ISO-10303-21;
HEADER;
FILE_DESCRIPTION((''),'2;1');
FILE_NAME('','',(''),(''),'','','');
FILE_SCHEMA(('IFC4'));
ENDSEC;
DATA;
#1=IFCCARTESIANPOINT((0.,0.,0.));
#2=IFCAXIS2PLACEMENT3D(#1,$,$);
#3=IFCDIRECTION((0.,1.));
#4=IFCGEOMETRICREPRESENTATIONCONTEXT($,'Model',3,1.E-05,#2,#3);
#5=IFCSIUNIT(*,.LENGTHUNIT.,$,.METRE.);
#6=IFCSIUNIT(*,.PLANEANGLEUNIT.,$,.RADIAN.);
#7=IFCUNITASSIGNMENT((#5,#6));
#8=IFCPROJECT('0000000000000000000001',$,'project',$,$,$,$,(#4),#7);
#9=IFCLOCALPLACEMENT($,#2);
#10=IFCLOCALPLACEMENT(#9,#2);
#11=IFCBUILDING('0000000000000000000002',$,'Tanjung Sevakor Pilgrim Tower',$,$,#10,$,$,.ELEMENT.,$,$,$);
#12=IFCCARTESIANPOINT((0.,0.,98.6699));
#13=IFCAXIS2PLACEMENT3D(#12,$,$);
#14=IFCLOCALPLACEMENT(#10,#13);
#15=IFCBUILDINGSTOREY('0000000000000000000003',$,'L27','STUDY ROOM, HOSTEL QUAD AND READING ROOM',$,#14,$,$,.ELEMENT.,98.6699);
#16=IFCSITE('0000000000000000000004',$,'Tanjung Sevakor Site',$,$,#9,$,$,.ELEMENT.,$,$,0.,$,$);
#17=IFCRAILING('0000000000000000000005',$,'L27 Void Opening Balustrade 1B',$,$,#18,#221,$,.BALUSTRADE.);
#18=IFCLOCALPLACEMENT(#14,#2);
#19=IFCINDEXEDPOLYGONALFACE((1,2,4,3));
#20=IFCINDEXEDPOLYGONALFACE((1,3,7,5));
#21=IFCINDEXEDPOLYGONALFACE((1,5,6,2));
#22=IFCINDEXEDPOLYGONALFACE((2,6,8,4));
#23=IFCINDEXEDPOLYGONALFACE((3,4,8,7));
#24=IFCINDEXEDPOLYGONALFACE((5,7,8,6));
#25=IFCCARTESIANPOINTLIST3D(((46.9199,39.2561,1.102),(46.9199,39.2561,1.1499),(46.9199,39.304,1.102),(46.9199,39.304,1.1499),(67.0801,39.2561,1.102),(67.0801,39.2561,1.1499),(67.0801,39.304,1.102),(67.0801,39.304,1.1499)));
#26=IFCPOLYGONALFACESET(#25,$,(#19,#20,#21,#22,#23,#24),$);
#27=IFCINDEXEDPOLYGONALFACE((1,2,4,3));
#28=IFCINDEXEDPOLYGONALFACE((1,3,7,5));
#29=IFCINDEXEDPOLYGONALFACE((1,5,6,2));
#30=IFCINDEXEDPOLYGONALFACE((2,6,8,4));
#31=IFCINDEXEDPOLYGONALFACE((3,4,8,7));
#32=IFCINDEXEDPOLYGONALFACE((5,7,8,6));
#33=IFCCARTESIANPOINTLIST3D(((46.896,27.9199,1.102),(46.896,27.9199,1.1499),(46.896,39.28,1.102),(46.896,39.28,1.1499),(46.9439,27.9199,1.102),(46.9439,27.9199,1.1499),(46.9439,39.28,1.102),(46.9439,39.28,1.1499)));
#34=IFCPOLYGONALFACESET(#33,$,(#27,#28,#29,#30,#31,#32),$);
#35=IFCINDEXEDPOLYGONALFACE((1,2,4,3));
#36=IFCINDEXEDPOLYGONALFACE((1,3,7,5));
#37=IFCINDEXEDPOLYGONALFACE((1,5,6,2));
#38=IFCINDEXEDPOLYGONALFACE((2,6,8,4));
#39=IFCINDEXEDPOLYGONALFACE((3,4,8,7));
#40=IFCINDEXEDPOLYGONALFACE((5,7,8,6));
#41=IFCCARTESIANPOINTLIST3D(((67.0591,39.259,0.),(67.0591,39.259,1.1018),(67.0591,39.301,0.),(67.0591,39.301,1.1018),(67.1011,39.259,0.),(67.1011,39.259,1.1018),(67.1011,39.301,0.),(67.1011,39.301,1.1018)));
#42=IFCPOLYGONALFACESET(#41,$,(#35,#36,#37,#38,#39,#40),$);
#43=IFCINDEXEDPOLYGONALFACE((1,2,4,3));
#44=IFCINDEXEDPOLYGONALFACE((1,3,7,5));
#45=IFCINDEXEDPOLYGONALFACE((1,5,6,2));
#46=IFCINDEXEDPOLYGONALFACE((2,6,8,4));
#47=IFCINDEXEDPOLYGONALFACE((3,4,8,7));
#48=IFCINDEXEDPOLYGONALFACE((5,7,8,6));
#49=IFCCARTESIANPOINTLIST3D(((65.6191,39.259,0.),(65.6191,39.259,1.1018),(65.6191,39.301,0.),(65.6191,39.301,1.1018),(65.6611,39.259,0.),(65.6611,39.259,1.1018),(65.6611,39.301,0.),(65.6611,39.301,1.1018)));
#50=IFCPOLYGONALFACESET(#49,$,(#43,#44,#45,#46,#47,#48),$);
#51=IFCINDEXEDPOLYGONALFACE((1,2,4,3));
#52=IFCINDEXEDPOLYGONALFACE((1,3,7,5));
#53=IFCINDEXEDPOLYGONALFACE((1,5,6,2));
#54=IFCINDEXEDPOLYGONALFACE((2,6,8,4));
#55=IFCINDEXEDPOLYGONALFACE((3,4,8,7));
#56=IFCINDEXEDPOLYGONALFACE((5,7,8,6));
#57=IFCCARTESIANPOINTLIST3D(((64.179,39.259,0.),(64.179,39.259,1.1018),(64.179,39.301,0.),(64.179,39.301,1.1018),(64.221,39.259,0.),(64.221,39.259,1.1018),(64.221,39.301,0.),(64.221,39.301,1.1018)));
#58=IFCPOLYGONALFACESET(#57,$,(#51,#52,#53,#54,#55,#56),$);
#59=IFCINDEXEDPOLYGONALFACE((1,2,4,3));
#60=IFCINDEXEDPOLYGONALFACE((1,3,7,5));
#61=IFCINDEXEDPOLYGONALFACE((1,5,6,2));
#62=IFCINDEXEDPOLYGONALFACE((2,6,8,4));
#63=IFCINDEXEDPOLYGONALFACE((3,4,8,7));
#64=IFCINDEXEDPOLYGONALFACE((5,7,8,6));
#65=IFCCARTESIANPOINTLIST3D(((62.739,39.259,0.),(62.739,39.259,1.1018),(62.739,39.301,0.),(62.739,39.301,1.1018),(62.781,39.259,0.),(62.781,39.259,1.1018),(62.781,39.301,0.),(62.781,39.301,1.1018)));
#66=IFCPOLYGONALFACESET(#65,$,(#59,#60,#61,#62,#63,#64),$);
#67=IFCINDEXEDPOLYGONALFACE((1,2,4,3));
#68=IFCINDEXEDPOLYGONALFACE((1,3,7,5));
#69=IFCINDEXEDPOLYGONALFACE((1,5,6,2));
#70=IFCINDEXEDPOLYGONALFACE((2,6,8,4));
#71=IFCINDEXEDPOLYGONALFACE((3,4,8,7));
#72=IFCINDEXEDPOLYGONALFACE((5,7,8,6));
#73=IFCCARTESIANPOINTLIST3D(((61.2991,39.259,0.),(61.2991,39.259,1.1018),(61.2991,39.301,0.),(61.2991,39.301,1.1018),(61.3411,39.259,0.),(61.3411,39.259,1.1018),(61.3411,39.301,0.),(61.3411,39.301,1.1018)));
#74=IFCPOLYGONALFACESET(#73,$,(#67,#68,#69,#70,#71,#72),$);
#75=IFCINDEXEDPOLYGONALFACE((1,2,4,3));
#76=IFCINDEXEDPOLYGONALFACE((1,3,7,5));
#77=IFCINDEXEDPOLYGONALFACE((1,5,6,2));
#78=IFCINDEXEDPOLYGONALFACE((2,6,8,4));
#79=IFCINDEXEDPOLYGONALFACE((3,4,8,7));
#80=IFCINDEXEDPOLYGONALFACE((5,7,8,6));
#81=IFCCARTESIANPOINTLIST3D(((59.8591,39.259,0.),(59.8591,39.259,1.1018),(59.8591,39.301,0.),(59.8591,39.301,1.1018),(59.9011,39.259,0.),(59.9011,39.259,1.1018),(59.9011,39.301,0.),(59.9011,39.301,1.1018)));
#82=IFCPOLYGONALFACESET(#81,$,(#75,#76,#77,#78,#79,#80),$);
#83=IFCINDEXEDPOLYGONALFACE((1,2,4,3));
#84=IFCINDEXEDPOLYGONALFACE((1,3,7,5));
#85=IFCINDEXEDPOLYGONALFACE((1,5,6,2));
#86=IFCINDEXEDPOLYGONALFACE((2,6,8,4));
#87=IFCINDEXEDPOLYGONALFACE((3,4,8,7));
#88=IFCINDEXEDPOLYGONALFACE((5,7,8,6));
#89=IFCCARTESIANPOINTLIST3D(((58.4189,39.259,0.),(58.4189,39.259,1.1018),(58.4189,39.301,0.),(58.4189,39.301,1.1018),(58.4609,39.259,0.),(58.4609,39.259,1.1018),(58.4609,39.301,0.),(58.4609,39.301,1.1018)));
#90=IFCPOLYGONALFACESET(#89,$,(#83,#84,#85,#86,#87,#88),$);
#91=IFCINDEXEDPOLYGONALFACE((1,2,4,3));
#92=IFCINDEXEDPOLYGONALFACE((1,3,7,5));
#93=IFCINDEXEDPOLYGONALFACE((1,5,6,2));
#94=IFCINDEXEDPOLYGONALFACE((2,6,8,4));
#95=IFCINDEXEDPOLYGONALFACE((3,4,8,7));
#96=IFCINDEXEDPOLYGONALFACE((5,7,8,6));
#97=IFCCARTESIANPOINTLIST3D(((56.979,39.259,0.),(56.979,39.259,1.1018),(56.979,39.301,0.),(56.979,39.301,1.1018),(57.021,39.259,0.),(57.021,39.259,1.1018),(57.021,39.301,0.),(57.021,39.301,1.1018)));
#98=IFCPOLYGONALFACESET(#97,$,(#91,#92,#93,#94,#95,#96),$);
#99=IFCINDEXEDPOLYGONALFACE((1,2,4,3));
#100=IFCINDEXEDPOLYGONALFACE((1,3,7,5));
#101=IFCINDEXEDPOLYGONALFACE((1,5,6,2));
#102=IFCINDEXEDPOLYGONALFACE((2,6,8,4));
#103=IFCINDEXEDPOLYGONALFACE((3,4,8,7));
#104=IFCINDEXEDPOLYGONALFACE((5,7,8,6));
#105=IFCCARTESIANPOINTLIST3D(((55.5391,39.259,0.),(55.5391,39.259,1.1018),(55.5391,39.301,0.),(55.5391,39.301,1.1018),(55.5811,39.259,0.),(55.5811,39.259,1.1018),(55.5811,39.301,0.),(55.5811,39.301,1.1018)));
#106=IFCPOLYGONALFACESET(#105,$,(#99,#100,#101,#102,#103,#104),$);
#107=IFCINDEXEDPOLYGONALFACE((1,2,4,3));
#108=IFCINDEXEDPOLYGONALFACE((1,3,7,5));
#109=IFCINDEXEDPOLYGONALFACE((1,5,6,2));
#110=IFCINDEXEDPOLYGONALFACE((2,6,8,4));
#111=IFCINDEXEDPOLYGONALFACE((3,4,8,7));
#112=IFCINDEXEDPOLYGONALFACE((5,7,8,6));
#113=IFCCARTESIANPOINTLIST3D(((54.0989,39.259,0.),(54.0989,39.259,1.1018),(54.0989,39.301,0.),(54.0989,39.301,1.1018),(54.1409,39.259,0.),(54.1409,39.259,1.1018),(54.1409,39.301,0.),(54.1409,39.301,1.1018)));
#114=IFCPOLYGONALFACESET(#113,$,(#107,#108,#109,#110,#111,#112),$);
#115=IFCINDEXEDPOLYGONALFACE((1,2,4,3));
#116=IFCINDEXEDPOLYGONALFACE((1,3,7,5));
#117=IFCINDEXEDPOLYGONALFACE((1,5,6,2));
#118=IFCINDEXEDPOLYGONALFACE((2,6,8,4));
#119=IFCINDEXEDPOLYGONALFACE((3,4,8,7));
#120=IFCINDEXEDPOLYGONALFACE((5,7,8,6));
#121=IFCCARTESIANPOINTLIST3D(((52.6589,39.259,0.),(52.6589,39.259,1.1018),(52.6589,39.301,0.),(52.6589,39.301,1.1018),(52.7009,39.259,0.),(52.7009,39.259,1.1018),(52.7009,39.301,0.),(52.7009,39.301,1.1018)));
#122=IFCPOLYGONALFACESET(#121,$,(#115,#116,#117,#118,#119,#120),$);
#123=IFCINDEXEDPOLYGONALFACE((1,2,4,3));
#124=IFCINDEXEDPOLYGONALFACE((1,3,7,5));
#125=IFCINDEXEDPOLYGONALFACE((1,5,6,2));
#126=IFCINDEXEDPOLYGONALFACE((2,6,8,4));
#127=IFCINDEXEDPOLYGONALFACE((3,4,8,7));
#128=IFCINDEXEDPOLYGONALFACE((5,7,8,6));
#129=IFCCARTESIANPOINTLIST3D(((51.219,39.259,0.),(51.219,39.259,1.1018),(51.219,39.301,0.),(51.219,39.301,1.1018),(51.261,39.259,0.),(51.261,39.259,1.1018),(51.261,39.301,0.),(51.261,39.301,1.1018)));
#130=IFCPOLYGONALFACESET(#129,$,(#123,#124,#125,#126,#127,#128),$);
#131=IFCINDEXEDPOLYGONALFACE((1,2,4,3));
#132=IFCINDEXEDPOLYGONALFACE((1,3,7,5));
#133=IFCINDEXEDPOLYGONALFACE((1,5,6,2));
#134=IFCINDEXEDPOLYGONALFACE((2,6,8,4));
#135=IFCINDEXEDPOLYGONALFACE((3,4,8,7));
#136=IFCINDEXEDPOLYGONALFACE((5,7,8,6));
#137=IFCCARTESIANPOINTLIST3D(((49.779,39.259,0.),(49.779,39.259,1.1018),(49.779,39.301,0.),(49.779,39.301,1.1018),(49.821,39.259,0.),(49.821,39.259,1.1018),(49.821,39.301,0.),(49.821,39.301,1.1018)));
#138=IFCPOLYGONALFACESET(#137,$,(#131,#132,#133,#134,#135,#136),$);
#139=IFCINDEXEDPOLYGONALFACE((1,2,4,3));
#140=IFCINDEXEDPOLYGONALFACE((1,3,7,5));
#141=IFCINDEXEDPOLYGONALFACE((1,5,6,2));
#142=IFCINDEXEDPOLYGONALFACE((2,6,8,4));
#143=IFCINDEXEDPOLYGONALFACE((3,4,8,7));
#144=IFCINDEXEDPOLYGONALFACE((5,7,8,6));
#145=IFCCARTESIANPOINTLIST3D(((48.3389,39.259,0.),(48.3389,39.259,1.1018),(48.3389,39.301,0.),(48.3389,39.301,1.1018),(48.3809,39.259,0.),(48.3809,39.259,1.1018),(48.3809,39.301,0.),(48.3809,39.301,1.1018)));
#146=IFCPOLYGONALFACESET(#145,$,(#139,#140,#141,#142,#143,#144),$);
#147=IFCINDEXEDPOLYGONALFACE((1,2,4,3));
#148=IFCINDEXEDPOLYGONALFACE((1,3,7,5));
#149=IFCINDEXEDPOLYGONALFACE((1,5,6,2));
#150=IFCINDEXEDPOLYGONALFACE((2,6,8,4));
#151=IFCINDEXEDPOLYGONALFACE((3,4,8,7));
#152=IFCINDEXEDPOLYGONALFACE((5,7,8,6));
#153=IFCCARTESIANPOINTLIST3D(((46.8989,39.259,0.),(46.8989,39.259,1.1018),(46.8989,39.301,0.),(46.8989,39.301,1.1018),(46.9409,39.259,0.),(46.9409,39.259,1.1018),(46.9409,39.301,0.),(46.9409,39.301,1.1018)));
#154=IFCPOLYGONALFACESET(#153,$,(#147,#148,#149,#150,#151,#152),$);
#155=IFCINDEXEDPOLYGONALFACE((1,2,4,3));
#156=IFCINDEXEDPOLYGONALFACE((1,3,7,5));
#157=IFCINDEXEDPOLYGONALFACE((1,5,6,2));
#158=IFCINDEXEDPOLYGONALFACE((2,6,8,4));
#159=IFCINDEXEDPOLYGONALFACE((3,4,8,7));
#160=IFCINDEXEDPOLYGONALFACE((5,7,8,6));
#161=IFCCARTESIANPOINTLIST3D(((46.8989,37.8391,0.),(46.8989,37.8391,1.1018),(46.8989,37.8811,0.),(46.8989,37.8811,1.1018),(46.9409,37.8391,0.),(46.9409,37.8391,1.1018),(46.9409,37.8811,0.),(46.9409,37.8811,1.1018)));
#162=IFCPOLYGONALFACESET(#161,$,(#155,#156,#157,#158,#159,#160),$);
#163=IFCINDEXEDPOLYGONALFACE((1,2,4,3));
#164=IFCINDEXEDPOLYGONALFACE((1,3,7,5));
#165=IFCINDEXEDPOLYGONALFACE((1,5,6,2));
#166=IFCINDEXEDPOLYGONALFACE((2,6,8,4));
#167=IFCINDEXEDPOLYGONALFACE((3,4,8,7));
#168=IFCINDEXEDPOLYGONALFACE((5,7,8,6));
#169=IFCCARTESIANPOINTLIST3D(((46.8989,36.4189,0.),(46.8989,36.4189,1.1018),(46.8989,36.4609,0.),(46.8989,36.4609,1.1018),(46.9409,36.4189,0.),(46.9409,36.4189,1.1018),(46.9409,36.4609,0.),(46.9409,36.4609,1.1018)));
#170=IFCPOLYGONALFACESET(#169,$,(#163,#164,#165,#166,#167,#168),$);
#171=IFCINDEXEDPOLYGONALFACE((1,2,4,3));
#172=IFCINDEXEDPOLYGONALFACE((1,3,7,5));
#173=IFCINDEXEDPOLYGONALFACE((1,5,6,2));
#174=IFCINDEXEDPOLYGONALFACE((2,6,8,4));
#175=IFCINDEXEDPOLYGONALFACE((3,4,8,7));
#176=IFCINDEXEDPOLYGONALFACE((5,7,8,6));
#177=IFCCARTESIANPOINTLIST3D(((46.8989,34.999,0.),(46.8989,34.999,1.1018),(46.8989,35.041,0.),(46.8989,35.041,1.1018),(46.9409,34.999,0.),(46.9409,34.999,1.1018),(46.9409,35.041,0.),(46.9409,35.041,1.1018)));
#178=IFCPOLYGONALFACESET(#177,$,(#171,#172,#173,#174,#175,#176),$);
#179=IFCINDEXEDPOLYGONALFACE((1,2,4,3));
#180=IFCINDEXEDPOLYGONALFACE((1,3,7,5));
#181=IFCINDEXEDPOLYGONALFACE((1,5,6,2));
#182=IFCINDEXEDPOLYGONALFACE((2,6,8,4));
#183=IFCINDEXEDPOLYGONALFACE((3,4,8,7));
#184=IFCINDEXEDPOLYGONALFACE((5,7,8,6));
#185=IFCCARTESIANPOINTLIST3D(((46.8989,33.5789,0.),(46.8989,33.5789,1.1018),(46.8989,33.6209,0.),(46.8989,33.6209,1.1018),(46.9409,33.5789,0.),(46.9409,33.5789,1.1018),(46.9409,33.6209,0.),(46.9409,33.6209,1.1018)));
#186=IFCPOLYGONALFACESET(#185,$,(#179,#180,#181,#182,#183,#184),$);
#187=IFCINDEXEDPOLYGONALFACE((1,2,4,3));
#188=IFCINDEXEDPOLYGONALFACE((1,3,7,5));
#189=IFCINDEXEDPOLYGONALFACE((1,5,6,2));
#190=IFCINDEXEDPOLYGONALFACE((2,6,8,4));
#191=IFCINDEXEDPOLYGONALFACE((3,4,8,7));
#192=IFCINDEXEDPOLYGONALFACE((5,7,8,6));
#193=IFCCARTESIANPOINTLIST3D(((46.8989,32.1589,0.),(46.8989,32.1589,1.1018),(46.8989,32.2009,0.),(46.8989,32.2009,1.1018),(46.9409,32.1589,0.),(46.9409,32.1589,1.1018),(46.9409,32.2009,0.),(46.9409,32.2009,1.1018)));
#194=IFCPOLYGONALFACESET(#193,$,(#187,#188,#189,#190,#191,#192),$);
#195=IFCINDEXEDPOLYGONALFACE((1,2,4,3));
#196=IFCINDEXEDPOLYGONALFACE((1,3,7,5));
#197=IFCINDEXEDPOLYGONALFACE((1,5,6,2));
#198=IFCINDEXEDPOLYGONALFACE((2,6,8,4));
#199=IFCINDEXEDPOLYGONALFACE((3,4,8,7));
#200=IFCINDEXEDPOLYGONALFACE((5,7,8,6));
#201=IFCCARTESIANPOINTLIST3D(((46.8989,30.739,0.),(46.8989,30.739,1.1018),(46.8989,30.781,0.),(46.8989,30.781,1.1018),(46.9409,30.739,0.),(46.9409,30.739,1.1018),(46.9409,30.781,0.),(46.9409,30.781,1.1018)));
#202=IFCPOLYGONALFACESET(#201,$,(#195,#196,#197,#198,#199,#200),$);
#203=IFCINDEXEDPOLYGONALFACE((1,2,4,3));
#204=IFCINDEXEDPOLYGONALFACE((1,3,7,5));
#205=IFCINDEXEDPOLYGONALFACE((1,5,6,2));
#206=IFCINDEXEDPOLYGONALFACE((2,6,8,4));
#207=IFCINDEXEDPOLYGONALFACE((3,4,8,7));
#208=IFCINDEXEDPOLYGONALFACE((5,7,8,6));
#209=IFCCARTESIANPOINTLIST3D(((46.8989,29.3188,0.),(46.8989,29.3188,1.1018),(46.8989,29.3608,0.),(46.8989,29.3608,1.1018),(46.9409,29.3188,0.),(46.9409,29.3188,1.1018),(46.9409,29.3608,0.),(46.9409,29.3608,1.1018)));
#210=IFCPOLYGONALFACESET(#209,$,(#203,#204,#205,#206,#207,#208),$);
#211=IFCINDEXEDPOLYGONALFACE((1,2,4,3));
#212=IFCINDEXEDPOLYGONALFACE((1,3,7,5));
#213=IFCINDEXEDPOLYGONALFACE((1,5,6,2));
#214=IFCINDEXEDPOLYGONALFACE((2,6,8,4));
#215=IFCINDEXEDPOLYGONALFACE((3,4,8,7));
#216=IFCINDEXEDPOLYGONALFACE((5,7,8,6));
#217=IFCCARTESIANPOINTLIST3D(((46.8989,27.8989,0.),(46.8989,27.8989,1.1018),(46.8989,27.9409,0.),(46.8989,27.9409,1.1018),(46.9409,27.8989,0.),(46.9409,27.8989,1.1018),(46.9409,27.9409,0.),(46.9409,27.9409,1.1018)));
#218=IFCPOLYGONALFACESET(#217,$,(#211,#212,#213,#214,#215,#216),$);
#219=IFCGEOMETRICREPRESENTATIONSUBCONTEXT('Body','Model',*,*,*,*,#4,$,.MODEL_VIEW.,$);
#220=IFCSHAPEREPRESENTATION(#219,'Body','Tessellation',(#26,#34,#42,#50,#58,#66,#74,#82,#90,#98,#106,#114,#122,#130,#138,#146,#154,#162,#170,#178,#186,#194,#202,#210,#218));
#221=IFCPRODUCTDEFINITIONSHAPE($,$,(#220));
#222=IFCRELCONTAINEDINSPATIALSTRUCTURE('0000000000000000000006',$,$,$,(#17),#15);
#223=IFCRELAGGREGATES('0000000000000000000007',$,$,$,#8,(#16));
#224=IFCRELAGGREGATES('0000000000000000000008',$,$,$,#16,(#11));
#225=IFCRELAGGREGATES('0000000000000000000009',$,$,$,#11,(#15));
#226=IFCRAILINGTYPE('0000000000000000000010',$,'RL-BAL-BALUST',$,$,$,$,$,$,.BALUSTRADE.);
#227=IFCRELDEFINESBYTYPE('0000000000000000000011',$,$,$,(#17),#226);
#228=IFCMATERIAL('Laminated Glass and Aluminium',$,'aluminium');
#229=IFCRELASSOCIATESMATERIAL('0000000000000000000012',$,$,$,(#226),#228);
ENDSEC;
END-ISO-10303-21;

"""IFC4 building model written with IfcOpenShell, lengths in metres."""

from ifc_helpers import new_model, si_unit, direction, frame, origin, place, context, subcontext, project, spatial, rectangle, extrude, material, type_object, element, save


model = new_model("IFC4")

# Units and contexts
model_context = context("Model", 3, precision=1e-05, world=origin(), true_north=direction((0.0, 1.0)))
body_context = subcontext(model_context, "Body", "Model", "MODEL_VIEW")
ifc_project = project(units=[si_unit("LENGTHUNIT", "METRE"), si_unit("PLANEANGLEUNIT", "RADIAN")], contexts=[model_context])

# Site, building, storey
site_placement = place(None, origin())
site = spatial("IfcSite", under=ifc_project, at=site_placement, Name="Tanjung Sevakor Site", CompositionType="ELEMENT", RefElevation=0.0)
building_placement = place(site_placement, origin())
building = spatial("IfcBuilding", under=site, at=building_placement, Name="Tanjung Sevakor Pilgrim Tower", CompositionType="ELEMENT")
storey_placement = place(building_placement, frame((0.0, 0.0, 98.6699)))
storey = spatial("IfcBuildingStorey", under=building, at=storey_placement, Name="L27", Description="STUDY ROOM, HOSTEL QUAD AND READING ROOM", CompositionType="ELEMENT", Elevation=98.6699)

# Railing
ifc_material_1 = material(Name="Laminated Glass and Aluminium", Category="aluminium")
railing_type = type_object("IfcRailingType", Name="RL-BAL-BALUST", PredefinedType="BALUSTRADE", material=ifc_material_1)
railing_placement = place(storey_placement, frame((67.0801, 39.28, 0.0)))
element("IfcRailing", 1, at=railing_placement, inside=storey, type_object=railing_type, Name="L27 Void Opening Balustrade 1B", PredefinedType="BALUSTRADE", context=body_context, shape_type="SweptSolid", body=[
    extrude(rectangle(XDim=0.0479, YDim=0.0479), frame((0.0, 0.0, 1.126), z_axis=(-1.0, 0.0, 0.0), x_axis=(0.0, -1.0, 0.0)), (0.0, 0.0, 1.0), 20.1602),
    extrude(rectangle(XDim=0.0479, YDim=0.0479), frame((-20.1602, 0.0, 1.126), z_axis=(0.0, -1.0, 0.0), x_axis=(1.0, 0.0, 0.0)), (0.0, 0.0, 1.0), 11.3601),
    extrude(rectangle(XDim=0.042, YDim=0.042), origin(), (0.0, 0.0, 1.0), 1.1018),
    extrude(rectangle(XDim=0.042, YDim=0.042), frame((-1.4399, 0.0, 0.0)), (0.0, 0.0, 1.0), 1.1018),
    extrude(rectangle(XDim=0.042, YDim=0.042), frame((-2.8801, 0.0, 0.0)), (0.0, 0.0, 1.0), 1.1018),
    extrude(rectangle(XDim=0.042, YDim=0.042), frame((-4.3201, 0.0, 0.0)), (0.0, 0.0, 1.0), 1.1018),
    extrude(rectangle(XDim=0.042, YDim=0.042), frame((-5.76, 0.0, 0.0)), (0.0, 0.0, 1.0), 1.1018),
    extrude(rectangle(XDim=0.042, YDim=0.042), frame((-7.2, 0.0, 0.0)), (0.0, 0.0, 1.0), 1.1018),
    extrude(rectangle(XDim=0.042, YDim=0.042), frame((-8.6401, 0.0, 0.0)), (0.0, 0.0, 1.0), 1.1018),
    extrude(rectangle(XDim=0.042, YDim=0.042), frame((-10.0801, 0.0, 0.0)), (0.0, 0.0, 1.0), 1.1018),
    extrude(rectangle(XDim=0.042, YDim=0.042), frame((-11.52, 0.0, 0.0)), (0.0, 0.0, 1.0), 1.1018),
    extrude(rectangle(XDim=0.042, YDim=0.042), frame((-12.9602, 0.0, 0.0)), (0.0, 0.0, 1.0), 1.1018),
    extrude(rectangle(XDim=0.042, YDim=0.042), frame((-14.4001, 0.0, 0.0)), (0.0, 0.0, 1.0), 1.1018),
    extrude(rectangle(XDim=0.042, YDim=0.042), frame((-15.8401, 0.0, 0.0)), (0.0, 0.0, 1.0), 1.1018),
    extrude(rectangle(XDim=0.042, YDim=0.042), frame((-17.28, 0.0, 0.0)), (0.0, 0.0, 1.0), 1.1018),
    extrude(rectangle(XDim=0.042, YDim=0.042), frame((-18.7202, 0.0, 0.0)), (0.0, 0.0, 1.0), 1.1018),
    extrude(rectangle(XDim=0.042, YDim=0.042), frame((-20.1602, 0.0, 0.0)), (0.0, 0.0, 1.0), 1.1018),
    extrude(rectangle(XDim=0.042, YDim=0.042), frame((-20.1602, -1.4199, 0.0)), (0.0, 0.0, 1.0), 1.1018),
    extrude(rectangle(XDim=0.042, YDim=0.042), frame((-20.1602, -2.8401, 0.0)), (0.0, 0.0, 1.0), 1.1018),
    extrude(rectangle(XDim=0.042, YDim=0.042), frame((-20.1602, -4.26, 0.0)), (0.0, 0.0, 1.0), 1.1018),
    extrude(rectangle(XDim=0.042, YDim=0.042), frame((-20.1602, -5.6802, 0.0)), (0.0, 0.0, 1.0), 1.1018),
    extrude(rectangle(XDim=0.042, YDim=0.042), frame((-20.1602, -7.1001, 0.0)), (0.0, 0.0, 1.0), 1.1018),
    extrude(rectangle(XDim=0.042, YDim=0.042), frame((-20.1602, -8.52, 0.0)), (0.0, 0.0, 1.0), 1.1018),
    extrude(rectangle(XDim=0.042, YDim=0.042), frame((-20.1602, -9.9402, 0.0)), (0.0, 0.0, 1.0), 1.1018),
    extrude(rectangle(XDim=0.042, YDim=0.042), frame((-20.1602, -11.3601, 0.0)), (0.0, 0.0, 1.0), 1.1018),
])

save(model, "model.ifc")
